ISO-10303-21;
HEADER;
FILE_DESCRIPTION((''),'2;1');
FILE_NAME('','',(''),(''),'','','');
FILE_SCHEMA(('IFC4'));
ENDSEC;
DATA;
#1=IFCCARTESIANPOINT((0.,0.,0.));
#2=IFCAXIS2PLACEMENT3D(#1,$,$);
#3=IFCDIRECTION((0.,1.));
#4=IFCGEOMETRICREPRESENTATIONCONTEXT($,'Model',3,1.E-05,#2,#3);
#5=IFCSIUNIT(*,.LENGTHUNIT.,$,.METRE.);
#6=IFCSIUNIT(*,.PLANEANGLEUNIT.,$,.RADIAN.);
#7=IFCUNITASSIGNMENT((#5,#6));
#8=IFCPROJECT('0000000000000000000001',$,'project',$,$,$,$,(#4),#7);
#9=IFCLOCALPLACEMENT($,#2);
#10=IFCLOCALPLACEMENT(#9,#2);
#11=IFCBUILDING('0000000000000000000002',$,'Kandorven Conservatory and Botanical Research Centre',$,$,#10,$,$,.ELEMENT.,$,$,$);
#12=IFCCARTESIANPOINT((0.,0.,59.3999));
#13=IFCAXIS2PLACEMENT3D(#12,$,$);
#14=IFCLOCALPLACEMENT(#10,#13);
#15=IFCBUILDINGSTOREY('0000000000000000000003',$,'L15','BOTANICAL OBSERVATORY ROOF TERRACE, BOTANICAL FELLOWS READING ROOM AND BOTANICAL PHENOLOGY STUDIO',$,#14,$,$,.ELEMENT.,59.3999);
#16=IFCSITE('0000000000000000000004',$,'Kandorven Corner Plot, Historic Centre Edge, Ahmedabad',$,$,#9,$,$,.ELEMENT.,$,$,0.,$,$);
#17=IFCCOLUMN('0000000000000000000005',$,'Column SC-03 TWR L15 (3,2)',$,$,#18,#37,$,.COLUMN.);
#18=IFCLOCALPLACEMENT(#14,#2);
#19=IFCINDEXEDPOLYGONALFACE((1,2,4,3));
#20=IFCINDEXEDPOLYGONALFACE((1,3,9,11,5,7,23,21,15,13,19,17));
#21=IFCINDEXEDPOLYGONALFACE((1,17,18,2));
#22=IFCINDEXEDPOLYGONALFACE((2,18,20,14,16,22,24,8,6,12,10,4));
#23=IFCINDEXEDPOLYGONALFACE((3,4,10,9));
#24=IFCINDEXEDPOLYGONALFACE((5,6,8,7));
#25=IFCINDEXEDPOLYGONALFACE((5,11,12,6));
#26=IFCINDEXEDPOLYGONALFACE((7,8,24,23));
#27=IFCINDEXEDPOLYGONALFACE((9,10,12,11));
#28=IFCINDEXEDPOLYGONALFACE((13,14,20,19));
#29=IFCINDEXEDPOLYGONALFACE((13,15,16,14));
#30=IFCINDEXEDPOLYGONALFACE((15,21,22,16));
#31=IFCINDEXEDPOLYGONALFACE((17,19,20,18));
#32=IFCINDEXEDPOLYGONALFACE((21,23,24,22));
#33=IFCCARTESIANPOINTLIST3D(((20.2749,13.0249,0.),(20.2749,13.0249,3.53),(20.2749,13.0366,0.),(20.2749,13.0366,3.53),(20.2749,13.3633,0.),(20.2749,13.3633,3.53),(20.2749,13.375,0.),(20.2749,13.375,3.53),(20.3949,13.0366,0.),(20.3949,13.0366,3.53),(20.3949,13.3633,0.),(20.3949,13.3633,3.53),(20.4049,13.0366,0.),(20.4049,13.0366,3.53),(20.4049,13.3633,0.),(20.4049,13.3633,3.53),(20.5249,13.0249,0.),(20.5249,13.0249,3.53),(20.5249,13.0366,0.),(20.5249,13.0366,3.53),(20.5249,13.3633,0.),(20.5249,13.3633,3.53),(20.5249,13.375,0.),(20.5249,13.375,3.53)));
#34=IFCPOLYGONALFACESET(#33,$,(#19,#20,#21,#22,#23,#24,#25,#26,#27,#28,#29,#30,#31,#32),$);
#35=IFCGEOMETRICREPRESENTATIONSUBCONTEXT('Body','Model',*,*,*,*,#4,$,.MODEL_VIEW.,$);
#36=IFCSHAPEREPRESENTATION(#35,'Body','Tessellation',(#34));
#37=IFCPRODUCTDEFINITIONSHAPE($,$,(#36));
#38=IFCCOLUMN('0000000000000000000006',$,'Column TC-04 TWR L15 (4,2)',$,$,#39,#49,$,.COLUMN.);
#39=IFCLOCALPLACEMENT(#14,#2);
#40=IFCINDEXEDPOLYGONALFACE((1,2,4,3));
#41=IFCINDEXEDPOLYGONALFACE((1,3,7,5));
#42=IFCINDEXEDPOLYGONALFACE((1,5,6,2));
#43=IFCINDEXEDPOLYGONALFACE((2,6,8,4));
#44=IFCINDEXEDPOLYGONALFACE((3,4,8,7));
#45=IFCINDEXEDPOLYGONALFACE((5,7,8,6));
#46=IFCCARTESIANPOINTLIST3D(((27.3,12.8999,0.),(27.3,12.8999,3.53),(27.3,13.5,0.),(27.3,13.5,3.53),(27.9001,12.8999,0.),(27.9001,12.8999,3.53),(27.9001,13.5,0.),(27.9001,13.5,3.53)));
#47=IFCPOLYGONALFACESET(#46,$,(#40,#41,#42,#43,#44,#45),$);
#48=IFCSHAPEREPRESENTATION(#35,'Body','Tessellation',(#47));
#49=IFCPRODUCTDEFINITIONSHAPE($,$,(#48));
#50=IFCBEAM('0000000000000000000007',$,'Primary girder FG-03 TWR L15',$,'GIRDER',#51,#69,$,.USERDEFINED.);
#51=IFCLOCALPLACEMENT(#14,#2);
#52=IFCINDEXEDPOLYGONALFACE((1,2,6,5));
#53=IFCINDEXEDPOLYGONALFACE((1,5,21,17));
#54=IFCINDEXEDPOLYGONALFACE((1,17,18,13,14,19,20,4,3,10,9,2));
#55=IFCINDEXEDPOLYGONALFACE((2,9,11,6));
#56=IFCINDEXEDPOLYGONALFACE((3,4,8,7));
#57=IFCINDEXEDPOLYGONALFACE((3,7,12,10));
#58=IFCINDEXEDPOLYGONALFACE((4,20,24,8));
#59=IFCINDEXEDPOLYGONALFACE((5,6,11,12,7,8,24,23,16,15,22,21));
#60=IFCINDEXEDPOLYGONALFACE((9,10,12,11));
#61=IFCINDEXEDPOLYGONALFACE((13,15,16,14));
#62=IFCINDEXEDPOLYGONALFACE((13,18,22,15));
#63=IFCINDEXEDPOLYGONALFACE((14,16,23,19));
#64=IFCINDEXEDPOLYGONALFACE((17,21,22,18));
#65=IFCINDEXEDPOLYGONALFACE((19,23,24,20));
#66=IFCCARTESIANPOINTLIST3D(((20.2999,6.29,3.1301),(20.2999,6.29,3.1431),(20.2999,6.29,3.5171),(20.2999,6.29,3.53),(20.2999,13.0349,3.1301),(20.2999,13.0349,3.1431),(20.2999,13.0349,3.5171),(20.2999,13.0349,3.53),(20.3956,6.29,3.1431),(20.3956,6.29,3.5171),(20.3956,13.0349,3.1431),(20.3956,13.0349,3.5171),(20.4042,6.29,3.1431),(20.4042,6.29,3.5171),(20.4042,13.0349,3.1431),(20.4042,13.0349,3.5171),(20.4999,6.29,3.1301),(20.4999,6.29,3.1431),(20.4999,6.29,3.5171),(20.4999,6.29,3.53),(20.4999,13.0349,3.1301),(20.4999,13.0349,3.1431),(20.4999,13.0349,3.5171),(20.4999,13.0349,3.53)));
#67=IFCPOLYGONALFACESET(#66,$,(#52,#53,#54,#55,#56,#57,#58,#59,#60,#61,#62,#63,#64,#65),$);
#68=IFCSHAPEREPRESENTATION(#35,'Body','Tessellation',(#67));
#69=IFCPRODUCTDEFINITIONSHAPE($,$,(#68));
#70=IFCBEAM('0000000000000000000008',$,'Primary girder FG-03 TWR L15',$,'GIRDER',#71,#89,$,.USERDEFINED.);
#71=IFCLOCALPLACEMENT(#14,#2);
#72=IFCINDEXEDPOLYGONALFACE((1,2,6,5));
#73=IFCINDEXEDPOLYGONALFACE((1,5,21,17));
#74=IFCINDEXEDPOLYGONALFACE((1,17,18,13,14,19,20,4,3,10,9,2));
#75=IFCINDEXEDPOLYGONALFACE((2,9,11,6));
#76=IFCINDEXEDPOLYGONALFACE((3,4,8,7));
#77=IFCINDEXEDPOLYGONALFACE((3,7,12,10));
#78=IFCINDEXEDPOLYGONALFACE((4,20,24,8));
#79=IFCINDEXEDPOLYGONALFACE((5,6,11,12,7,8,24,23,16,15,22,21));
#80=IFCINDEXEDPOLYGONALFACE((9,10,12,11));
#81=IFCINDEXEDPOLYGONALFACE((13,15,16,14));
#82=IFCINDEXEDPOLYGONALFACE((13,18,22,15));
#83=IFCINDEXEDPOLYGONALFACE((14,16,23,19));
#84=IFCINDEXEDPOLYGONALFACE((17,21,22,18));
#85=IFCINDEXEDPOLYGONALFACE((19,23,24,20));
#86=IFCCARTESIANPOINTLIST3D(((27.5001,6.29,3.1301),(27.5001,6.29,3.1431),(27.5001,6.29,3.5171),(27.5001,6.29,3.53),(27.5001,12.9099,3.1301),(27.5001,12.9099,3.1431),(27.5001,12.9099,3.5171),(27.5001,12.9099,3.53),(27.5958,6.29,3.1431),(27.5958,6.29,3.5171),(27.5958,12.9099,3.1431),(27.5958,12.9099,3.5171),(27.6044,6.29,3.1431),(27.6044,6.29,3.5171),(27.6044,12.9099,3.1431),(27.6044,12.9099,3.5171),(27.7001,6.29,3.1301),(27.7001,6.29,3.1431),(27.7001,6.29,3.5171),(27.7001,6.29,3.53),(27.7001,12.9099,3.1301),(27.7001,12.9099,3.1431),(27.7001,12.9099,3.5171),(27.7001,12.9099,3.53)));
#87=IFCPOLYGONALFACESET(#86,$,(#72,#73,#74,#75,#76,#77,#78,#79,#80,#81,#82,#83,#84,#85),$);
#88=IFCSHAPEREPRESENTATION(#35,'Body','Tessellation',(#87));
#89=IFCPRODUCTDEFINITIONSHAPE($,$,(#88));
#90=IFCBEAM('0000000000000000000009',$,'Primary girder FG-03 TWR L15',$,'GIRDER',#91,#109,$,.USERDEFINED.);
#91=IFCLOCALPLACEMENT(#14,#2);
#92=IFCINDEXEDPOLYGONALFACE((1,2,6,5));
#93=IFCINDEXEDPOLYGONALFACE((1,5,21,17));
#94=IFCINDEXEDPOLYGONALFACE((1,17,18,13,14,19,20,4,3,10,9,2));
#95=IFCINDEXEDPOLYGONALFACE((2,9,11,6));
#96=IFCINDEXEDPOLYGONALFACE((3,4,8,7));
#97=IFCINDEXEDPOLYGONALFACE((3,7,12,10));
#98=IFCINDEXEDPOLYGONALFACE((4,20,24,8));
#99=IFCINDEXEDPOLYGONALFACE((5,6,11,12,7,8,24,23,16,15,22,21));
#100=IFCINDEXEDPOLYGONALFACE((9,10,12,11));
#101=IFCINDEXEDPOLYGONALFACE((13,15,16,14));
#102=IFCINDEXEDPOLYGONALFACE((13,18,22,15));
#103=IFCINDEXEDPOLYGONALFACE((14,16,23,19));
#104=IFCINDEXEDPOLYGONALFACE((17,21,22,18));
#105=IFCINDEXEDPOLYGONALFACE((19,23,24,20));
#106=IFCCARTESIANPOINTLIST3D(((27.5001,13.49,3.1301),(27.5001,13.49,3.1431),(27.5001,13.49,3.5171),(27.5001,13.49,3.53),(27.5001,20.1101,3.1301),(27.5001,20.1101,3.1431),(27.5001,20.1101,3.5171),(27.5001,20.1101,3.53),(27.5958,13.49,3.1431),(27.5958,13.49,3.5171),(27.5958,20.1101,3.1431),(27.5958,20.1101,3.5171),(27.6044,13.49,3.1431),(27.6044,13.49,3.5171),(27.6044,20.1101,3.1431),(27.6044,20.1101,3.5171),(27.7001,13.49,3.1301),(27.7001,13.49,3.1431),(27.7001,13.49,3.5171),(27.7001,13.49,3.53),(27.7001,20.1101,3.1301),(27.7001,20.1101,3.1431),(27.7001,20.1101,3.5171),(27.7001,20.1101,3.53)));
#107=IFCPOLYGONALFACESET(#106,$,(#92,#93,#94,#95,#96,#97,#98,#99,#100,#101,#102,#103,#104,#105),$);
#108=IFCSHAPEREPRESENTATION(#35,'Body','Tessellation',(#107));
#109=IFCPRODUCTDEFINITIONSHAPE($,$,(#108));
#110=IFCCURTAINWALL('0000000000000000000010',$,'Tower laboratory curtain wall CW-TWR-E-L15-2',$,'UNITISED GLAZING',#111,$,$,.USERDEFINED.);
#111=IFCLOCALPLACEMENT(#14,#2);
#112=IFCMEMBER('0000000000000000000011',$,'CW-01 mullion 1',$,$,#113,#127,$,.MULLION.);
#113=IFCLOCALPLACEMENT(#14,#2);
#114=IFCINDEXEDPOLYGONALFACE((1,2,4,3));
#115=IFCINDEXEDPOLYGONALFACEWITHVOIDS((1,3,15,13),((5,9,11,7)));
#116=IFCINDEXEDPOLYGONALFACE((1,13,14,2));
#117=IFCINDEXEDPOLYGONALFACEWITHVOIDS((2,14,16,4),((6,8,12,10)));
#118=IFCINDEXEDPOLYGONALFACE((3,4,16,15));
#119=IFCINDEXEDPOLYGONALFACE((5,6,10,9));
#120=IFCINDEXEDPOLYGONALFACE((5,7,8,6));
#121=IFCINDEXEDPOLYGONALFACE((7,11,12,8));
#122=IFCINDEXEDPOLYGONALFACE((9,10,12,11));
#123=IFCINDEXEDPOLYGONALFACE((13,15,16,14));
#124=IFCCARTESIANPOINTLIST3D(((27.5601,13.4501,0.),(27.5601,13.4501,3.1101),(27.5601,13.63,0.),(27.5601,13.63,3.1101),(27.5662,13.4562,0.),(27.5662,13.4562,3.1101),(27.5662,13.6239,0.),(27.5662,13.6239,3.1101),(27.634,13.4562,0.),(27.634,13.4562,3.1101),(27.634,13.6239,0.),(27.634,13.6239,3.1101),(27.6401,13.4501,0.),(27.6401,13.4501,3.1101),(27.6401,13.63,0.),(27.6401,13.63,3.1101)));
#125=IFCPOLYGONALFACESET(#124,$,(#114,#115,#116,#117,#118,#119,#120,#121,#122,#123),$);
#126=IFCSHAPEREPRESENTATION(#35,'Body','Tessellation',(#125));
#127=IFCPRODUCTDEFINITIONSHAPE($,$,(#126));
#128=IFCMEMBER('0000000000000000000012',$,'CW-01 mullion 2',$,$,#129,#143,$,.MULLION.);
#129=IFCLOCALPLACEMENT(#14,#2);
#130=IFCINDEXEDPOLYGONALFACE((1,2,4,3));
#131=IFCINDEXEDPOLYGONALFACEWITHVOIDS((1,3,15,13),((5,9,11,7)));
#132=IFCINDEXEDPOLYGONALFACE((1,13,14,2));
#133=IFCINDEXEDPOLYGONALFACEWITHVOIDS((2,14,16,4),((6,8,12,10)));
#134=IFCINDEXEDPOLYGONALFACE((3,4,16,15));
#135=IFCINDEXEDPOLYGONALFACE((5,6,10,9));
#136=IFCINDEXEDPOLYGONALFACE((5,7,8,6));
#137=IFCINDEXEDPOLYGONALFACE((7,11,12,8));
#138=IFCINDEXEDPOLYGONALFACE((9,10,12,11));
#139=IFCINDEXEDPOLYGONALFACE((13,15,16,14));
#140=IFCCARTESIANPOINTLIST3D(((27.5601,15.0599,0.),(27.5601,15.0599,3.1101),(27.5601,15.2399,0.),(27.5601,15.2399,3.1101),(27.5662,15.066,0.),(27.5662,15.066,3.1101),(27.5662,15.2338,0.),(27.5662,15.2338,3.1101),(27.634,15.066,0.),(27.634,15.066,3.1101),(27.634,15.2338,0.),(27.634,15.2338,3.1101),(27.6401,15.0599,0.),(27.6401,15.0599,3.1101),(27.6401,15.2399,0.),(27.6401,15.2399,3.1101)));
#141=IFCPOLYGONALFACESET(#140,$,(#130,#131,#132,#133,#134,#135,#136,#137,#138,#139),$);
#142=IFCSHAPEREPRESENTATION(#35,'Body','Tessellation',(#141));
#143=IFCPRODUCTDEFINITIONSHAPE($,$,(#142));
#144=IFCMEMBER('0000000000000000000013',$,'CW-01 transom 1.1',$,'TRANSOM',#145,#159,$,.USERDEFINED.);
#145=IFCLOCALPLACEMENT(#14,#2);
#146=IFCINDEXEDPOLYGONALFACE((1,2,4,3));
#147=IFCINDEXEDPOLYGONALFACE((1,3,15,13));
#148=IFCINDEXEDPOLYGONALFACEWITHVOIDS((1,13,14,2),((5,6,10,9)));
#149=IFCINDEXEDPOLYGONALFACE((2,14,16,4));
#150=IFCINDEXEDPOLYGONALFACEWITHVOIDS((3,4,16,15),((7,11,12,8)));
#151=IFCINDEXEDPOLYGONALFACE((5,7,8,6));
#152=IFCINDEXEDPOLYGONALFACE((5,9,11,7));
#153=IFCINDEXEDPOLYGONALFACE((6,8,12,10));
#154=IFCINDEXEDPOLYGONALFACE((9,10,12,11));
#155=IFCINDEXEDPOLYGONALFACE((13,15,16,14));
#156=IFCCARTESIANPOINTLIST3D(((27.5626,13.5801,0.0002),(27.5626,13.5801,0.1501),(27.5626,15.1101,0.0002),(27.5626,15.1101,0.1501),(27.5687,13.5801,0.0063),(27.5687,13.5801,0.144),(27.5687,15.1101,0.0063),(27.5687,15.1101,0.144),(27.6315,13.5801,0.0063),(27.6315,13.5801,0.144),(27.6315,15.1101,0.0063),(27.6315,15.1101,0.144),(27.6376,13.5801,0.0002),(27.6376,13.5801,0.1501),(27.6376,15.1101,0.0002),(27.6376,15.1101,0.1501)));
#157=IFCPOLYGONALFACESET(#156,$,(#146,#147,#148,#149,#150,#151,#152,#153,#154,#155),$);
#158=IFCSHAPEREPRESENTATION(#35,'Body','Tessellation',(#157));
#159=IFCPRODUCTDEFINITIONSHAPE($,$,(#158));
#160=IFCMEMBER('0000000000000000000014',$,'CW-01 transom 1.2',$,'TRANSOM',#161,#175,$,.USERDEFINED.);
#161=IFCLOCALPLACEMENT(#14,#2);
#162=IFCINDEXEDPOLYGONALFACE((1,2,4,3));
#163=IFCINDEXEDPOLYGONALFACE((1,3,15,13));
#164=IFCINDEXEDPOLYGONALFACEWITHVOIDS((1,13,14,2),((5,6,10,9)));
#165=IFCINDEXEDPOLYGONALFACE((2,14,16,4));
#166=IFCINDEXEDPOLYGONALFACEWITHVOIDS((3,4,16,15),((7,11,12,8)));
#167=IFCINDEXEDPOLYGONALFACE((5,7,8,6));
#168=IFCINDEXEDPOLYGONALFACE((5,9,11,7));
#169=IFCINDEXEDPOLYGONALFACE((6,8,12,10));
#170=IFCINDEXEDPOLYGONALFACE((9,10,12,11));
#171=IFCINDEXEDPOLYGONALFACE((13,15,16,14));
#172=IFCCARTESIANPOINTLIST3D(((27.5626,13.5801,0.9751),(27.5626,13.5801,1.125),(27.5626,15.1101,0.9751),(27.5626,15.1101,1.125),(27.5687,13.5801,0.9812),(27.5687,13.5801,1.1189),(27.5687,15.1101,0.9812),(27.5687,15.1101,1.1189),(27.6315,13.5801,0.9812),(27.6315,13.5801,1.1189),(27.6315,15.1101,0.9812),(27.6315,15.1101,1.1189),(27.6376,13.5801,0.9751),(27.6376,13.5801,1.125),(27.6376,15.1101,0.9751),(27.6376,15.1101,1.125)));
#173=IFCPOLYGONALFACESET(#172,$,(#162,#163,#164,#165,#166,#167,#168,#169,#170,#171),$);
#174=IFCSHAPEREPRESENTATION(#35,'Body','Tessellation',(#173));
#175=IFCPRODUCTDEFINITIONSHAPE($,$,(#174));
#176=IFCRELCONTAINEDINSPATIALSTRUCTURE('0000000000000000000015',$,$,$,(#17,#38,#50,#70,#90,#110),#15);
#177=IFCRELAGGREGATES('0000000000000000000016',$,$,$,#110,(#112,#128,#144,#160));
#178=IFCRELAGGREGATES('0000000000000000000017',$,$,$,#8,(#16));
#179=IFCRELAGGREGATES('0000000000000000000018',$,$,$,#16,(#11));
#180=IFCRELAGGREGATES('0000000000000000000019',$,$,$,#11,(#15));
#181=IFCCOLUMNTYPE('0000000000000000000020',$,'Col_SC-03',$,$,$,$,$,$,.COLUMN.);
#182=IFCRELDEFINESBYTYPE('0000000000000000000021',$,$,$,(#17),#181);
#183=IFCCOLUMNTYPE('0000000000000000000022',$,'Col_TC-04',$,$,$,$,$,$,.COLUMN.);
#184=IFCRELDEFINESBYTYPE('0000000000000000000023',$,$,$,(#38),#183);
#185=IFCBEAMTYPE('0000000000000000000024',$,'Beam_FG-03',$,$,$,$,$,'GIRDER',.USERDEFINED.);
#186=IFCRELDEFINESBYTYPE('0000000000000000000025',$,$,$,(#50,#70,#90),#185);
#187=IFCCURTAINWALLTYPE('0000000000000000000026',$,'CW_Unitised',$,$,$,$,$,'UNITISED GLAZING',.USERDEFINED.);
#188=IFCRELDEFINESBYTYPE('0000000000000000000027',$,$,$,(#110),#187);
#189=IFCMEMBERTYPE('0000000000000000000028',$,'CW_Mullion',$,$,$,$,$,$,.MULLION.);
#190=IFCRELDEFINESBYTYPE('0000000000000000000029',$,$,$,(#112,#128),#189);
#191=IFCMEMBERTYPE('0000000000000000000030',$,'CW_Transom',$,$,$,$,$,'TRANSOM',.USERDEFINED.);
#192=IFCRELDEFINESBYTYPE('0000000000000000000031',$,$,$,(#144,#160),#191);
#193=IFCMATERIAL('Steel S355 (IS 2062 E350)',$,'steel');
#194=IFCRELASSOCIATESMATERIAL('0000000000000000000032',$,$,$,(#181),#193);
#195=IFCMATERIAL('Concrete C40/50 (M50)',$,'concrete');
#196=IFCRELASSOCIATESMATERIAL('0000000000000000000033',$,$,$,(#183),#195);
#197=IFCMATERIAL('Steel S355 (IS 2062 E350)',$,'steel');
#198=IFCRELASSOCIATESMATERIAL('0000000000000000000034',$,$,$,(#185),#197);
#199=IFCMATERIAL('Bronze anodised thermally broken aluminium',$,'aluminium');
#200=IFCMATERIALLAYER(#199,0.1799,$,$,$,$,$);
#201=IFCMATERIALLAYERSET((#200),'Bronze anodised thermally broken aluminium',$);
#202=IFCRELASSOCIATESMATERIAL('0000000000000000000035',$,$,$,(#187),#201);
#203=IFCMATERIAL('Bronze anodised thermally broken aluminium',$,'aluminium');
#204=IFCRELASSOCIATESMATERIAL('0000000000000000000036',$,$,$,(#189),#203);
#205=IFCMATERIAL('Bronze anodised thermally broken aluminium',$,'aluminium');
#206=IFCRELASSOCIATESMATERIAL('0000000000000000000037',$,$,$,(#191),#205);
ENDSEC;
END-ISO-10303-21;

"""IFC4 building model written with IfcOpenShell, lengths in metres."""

from ifc_helpers import new_model, si_unit, direction, frame, origin, origin_2d, place, context, subcontext, project, spatial, rectangle, hollow_rectangle, i_section, extrude, material, layer, layer_set, material_profile, profile_set, type_object, element, aggregate, save


model = new_model("IFC4")

# Units and contexts
model_context = context("Model", 3, precision=1e-05, world=origin(), true_north=direction((0.0, 1.0)))
body_context = subcontext(model_context, "Body", "Model", "MODEL_VIEW")
ifc_project = project(units=[si_unit("LENGTHUNIT", "METRE"), si_unit("PLANEANGLEUNIT", "RADIAN")], contexts=[model_context])

# Site, building, storey
site_placement = place(None, origin())
site = spatial("IfcSite", under=ifc_project, at=site_placement, Name="Kandorven Corner Plot, Historic Centre Edge, Ahmedabad", CompositionType="ELEMENT", RefElevation=0.0)
building_placement = place(site_placement, origin())
building = spatial("IfcBuilding", under=site, at=building_placement, Name="Kandorven Conservatory and Botanical Research Centre", CompositionType="ELEMENT")
storey_placement = place(building_placement, frame((0.0, 0.0, 59.3999)))
storey = spatial("IfcBuildingStorey", under=building, at=storey_placement, Name="L15", Description="BOTANICAL OBSERVATORY ROOF TERRACE, BOTANICAL FELLOWS READING ROOM AND BOTANICAL PHENOLOGY STUDIO", CompositionType="ELEMENT", Elevation=59.3999)

# Columns
ifc_material_1 = material(Name="Steel S355 (IS 2062 E350)", Category="steel")
ifc_material_profile_1 = material_profile(ifc_material_1, i_section(OverallWidth=0.25, OverallDepth=0.3501, WebThickness=0.01, FlangeThickness=0.0117, at=origin_2d()))
ifc_profile_set_1 = profile_set([ifc_material_profile_1], Name="Steel S355 (IS 2062 E350)")
column_type_1 = type_object("IfcColumnType", Name="Col_SC-03", PredefinedType="COLUMN", material=ifc_profile_set_1)
column_1_placement = place(storey_placement, frame((20.3999, 13.2, 0.0), z_axis=(0.0, 0.0, 1.0), x_axis=(1.0, 0.0, 0.0)))
element("IfcColumn", 1, at=column_1_placement, inside=storey, type_object=column_type_1, Name="Column SC-03 TWR L15 (3,2)", PredefinedType="COLUMN", context=body_context, shape_type="SweptSolid", body=[
    extrude(i_section(OverallWidth=0.25, OverallDepth=0.3501, WebThickness=0.01, FlangeThickness=0.0117, at=origin_2d()), origin(), (0.0, 0.0, 1.0), 3.53),
])
ifc_material_2 = material(Name="Concrete C40/50 (M50)", Category="concrete")
ifc_material_profile_2 = material_profile(ifc_material_2, rectangle(XDim=0.6001, YDim=0.6001, at=origin_2d()))
ifc_profile_set_2 = profile_set([ifc_material_profile_2], Name="Concrete C40/50 (M50)")
column_type_2 = type_object("IfcColumnType", Name="Col_TC-04", PredefinedType="COLUMN", material=ifc_profile_set_2)
column_2_placement = place(storey_placement, frame((27.6001, 13.2, 0.0), z_axis=(0.0, 0.0, 1.0), x_axis=(1.0, 0.0, 0.0)))
element("IfcColumn", 2, at=column_2_placement, inside=storey, type_object=column_type_2, Name="Column TC-04 TWR L15 (4,2)", PredefinedType="COLUMN", context=body_context, shape_type="SweptSolid", body=[
    extrude(rectangle(XDim=0.6001, YDim=0.6001, at=origin_2d()), origin(), (0.0, 0.0, 1.0), 3.53),
])

# Beams
ifc_material_3 = material(Name="Steel S355 (IS 2062 E350)", Category="steel")
ifc_material_profile_3 = material_profile(ifc_material_3, i_section(OverallWidth=0.2, OverallDepth=0.3999, WebThickness=0.0085, FlangeThickness=0.0129, at=origin_2d()))
ifc_profile_set_3 = profile_set([ifc_material_profile_3], Name="Steel S355 (IS 2062 E350)")
beam_type = type_object("IfcBeamType", Name="Beam_FG-03", ElementType="GIRDER", PredefinedType="USERDEFINED", material=ifc_profile_set_3)
beam_1_placement = place(storey_placement, frame((20.3999, 6.29, 3.3301), z_axis=(0.0, 1.0, 0.0), x_axis=(-1.0, 0.0, 0.0)))
element("IfcBeam", 3, at=beam_1_placement, inside=storey, type_object=beam_type, Name="Primary girder FG-03 TWR L15", ObjectType="GIRDER", PredefinedType="USERDEFINED", context=body_context, shape_type="SweptSolid", body=[
    extrude(i_section(OverallWidth=0.2, OverallDepth=0.3999, WebThickness=0.0085, FlangeThickness=0.0129, at=origin_2d()), origin(), (0.0, 0.0, 1.0), 6.7449),
])
beam_2_placement = place(storey_placement, frame((27.6001, 6.29, 3.3301), z_axis=(0.0, 1.0, 0.0), x_axis=(-1.0, 0.0, 0.0)))
element("IfcBeam", 4, at=beam_2_placement, inside=storey, type_object=beam_type, Name="Primary girder FG-03 TWR L15", ObjectType="GIRDER", PredefinedType="USERDEFINED", context=body_context, shape_type="SweptSolid", body=[
    extrude(i_section(OverallWidth=0.2, OverallDepth=0.3999, WebThickness=0.0085, FlangeThickness=0.0129, at=origin_2d()), origin(), (0.0, 0.0, 1.0), 6.6199),
])
beam_3_placement = place(storey_placement, frame((27.6001, 13.49, 3.3301), z_axis=(0.0, 1.0, 0.0), x_axis=(-1.0, 0.0, 0.0)))
element("IfcBeam", 5, at=beam_3_placement, inside=storey, type_object=beam_type, Name="Primary girder FG-03 TWR L15", ObjectType="GIRDER", PredefinedType="USERDEFINED", context=body_context, shape_type="SweptSolid", body=[
    extrude(i_section(OverallWidth=0.2, OverallDepth=0.3999, WebThickness=0.0085, FlangeThickness=0.0129, at=origin_2d()), origin(), (0.0, 0.0, 1.0), 6.6201),
])

# Curtain wall, members
ifc_material_4 = material(Name="Bronze anodised thermally broken aluminium", Category="aluminium")
ifc_layer_1 = layer(ifc_material_4, 0.1799)
ifc_layer_set_1 = layer_set([ifc_layer_1], Name="Bronze anodised thermally broken aluminium")
curtain_wall_type = type_object("IfcCurtainWallType", Name="CW_Unitised", ElementType="UNITISED GLAZING", PredefinedType="USERDEFINED", material=ifc_layer_set_1)
curtain_wall_placement = place(storey_placement, origin())
curtain_wall = element("IfcCurtainWall", 6, at=curtain_wall_placement, inside=storey, type_object=curtain_wall_type, Name="Tower laboratory curtain wall CW-TWR-E-L15-2", ObjectType="UNITISED GLAZING", PredefinedType="USERDEFINED")
ifc_material_5 = material(Name="Bronze anodised thermally broken aluminium", Category="aluminium")
ifc_material_profile_4 = material_profile(ifc_material_5, hollow_rectangle(XDim=0.0801, YDim=0.1799, WallThickness=0.0061, at=origin_2d()))
ifc_profile_set_4 = profile_set([ifc_material_profile_4], Name="Bronze anodised thermally broken aluminium")
member_type_1 = type_object("IfcMemberType", Name="CW_Mullion", PredefinedType="MULLION", material=ifc_profile_set_4)
member_1_placement = place(storey_placement, frame((27.6001, 13.54, 0.0), z_axis=(0.0, 0.0, 1.0), x_axis=(-1.0, 0.0, 0.0)))
member_1 = element("IfcMember", 7, at=member_1_placement, type_object=member_type_1, Name="CW-01 mullion 1", PredefinedType="MULLION", context=body_context, shape_type="SweptSolid", body=[
    extrude(hollow_rectangle(XDim=0.0801, YDim=0.1799, WallThickness=0.0061, at=origin_2d()), origin(), (0.0, 0.0, 1.0), 3.1101),
])
member_2_placement = place(storey_placement, frame((27.6001, 15.1499, 0.0), z_axis=(0.0, 0.0, 1.0), x_axis=(-1.0, 0.0, 0.0)))
member_2 = element("IfcMember", 8, at=member_2_placement, type_object=member_type_1, Name="CW-01 mullion 2", PredefinedType="MULLION", context=body_context, shape_type="SweptSolid", body=[
    extrude(hollow_rectangle(XDim=0.0801, YDim=0.1799, WallThickness=0.0061, at=origin_2d()), origin(), (0.0, 0.0, 1.0), 3.1101),
])
ifc_material_6 = material(Name="Bronze anodised thermally broken aluminium", Category="aluminium")
ifc_material_profile_5 = material_profile(ifc_material_6, hollow_rectangle(XDim=0.075, YDim=0.1499, WallThickness=0.0061, at=origin_2d()))
ifc_profile_set_5 = profile_set([ifc_material_profile_5], Name="Bronze anodised thermally broken aluminium")
member_type_2 = type_object("IfcMemberType", Name="CW_Transom", ElementType="TRANSOM", PredefinedType="USERDEFINED", material=ifc_profile_set_5)
member_3_placement = place(storey_placement, frame((27.6001, 13.5801, 0.0752), z_axis=(0.0, 1.0, 0.0), x_axis=(-1.0, 0.0, 0.0)))
member_3 = element("IfcMember", 9, at=member_3_placement, type_object=member_type_2, Name="CW-01 transom 1.1", ObjectType="TRANSOM", PredefinedType="USERDEFINED", context=body_context, shape_type="SweptSolid", body=[
    extrude(hollow_rectangle(XDim=0.075, YDim=0.1499, WallThickness=0.0061, at=origin_2d()), origin(), (0.0, 0.0, 1.0), 1.53),
])
member_4_placement = place(storey_placement, frame((27.6001, 13.5801, 1.05), z_axis=(0.0, 1.0, 0.0), x_axis=(-1.0, 0.0, 0.0)))
member_4 = element("IfcMember", 10, at=member_4_placement, type_object=member_type_2, Name="CW-01 transom 1.2", ObjectType="TRANSOM", PredefinedType="USERDEFINED", context=body_context, shape_type="SweptSolid", body=[
    extrude(hollow_rectangle(XDim=0.075, YDim=0.1499, WallThickness=0.0061, at=origin_2d()), origin(), (0.0, 0.0, 1.0), 1.53),
])

aggregate(curtain_wall, [member_1, member_2, member_3, member_4])

save(model, "model.ifc")
